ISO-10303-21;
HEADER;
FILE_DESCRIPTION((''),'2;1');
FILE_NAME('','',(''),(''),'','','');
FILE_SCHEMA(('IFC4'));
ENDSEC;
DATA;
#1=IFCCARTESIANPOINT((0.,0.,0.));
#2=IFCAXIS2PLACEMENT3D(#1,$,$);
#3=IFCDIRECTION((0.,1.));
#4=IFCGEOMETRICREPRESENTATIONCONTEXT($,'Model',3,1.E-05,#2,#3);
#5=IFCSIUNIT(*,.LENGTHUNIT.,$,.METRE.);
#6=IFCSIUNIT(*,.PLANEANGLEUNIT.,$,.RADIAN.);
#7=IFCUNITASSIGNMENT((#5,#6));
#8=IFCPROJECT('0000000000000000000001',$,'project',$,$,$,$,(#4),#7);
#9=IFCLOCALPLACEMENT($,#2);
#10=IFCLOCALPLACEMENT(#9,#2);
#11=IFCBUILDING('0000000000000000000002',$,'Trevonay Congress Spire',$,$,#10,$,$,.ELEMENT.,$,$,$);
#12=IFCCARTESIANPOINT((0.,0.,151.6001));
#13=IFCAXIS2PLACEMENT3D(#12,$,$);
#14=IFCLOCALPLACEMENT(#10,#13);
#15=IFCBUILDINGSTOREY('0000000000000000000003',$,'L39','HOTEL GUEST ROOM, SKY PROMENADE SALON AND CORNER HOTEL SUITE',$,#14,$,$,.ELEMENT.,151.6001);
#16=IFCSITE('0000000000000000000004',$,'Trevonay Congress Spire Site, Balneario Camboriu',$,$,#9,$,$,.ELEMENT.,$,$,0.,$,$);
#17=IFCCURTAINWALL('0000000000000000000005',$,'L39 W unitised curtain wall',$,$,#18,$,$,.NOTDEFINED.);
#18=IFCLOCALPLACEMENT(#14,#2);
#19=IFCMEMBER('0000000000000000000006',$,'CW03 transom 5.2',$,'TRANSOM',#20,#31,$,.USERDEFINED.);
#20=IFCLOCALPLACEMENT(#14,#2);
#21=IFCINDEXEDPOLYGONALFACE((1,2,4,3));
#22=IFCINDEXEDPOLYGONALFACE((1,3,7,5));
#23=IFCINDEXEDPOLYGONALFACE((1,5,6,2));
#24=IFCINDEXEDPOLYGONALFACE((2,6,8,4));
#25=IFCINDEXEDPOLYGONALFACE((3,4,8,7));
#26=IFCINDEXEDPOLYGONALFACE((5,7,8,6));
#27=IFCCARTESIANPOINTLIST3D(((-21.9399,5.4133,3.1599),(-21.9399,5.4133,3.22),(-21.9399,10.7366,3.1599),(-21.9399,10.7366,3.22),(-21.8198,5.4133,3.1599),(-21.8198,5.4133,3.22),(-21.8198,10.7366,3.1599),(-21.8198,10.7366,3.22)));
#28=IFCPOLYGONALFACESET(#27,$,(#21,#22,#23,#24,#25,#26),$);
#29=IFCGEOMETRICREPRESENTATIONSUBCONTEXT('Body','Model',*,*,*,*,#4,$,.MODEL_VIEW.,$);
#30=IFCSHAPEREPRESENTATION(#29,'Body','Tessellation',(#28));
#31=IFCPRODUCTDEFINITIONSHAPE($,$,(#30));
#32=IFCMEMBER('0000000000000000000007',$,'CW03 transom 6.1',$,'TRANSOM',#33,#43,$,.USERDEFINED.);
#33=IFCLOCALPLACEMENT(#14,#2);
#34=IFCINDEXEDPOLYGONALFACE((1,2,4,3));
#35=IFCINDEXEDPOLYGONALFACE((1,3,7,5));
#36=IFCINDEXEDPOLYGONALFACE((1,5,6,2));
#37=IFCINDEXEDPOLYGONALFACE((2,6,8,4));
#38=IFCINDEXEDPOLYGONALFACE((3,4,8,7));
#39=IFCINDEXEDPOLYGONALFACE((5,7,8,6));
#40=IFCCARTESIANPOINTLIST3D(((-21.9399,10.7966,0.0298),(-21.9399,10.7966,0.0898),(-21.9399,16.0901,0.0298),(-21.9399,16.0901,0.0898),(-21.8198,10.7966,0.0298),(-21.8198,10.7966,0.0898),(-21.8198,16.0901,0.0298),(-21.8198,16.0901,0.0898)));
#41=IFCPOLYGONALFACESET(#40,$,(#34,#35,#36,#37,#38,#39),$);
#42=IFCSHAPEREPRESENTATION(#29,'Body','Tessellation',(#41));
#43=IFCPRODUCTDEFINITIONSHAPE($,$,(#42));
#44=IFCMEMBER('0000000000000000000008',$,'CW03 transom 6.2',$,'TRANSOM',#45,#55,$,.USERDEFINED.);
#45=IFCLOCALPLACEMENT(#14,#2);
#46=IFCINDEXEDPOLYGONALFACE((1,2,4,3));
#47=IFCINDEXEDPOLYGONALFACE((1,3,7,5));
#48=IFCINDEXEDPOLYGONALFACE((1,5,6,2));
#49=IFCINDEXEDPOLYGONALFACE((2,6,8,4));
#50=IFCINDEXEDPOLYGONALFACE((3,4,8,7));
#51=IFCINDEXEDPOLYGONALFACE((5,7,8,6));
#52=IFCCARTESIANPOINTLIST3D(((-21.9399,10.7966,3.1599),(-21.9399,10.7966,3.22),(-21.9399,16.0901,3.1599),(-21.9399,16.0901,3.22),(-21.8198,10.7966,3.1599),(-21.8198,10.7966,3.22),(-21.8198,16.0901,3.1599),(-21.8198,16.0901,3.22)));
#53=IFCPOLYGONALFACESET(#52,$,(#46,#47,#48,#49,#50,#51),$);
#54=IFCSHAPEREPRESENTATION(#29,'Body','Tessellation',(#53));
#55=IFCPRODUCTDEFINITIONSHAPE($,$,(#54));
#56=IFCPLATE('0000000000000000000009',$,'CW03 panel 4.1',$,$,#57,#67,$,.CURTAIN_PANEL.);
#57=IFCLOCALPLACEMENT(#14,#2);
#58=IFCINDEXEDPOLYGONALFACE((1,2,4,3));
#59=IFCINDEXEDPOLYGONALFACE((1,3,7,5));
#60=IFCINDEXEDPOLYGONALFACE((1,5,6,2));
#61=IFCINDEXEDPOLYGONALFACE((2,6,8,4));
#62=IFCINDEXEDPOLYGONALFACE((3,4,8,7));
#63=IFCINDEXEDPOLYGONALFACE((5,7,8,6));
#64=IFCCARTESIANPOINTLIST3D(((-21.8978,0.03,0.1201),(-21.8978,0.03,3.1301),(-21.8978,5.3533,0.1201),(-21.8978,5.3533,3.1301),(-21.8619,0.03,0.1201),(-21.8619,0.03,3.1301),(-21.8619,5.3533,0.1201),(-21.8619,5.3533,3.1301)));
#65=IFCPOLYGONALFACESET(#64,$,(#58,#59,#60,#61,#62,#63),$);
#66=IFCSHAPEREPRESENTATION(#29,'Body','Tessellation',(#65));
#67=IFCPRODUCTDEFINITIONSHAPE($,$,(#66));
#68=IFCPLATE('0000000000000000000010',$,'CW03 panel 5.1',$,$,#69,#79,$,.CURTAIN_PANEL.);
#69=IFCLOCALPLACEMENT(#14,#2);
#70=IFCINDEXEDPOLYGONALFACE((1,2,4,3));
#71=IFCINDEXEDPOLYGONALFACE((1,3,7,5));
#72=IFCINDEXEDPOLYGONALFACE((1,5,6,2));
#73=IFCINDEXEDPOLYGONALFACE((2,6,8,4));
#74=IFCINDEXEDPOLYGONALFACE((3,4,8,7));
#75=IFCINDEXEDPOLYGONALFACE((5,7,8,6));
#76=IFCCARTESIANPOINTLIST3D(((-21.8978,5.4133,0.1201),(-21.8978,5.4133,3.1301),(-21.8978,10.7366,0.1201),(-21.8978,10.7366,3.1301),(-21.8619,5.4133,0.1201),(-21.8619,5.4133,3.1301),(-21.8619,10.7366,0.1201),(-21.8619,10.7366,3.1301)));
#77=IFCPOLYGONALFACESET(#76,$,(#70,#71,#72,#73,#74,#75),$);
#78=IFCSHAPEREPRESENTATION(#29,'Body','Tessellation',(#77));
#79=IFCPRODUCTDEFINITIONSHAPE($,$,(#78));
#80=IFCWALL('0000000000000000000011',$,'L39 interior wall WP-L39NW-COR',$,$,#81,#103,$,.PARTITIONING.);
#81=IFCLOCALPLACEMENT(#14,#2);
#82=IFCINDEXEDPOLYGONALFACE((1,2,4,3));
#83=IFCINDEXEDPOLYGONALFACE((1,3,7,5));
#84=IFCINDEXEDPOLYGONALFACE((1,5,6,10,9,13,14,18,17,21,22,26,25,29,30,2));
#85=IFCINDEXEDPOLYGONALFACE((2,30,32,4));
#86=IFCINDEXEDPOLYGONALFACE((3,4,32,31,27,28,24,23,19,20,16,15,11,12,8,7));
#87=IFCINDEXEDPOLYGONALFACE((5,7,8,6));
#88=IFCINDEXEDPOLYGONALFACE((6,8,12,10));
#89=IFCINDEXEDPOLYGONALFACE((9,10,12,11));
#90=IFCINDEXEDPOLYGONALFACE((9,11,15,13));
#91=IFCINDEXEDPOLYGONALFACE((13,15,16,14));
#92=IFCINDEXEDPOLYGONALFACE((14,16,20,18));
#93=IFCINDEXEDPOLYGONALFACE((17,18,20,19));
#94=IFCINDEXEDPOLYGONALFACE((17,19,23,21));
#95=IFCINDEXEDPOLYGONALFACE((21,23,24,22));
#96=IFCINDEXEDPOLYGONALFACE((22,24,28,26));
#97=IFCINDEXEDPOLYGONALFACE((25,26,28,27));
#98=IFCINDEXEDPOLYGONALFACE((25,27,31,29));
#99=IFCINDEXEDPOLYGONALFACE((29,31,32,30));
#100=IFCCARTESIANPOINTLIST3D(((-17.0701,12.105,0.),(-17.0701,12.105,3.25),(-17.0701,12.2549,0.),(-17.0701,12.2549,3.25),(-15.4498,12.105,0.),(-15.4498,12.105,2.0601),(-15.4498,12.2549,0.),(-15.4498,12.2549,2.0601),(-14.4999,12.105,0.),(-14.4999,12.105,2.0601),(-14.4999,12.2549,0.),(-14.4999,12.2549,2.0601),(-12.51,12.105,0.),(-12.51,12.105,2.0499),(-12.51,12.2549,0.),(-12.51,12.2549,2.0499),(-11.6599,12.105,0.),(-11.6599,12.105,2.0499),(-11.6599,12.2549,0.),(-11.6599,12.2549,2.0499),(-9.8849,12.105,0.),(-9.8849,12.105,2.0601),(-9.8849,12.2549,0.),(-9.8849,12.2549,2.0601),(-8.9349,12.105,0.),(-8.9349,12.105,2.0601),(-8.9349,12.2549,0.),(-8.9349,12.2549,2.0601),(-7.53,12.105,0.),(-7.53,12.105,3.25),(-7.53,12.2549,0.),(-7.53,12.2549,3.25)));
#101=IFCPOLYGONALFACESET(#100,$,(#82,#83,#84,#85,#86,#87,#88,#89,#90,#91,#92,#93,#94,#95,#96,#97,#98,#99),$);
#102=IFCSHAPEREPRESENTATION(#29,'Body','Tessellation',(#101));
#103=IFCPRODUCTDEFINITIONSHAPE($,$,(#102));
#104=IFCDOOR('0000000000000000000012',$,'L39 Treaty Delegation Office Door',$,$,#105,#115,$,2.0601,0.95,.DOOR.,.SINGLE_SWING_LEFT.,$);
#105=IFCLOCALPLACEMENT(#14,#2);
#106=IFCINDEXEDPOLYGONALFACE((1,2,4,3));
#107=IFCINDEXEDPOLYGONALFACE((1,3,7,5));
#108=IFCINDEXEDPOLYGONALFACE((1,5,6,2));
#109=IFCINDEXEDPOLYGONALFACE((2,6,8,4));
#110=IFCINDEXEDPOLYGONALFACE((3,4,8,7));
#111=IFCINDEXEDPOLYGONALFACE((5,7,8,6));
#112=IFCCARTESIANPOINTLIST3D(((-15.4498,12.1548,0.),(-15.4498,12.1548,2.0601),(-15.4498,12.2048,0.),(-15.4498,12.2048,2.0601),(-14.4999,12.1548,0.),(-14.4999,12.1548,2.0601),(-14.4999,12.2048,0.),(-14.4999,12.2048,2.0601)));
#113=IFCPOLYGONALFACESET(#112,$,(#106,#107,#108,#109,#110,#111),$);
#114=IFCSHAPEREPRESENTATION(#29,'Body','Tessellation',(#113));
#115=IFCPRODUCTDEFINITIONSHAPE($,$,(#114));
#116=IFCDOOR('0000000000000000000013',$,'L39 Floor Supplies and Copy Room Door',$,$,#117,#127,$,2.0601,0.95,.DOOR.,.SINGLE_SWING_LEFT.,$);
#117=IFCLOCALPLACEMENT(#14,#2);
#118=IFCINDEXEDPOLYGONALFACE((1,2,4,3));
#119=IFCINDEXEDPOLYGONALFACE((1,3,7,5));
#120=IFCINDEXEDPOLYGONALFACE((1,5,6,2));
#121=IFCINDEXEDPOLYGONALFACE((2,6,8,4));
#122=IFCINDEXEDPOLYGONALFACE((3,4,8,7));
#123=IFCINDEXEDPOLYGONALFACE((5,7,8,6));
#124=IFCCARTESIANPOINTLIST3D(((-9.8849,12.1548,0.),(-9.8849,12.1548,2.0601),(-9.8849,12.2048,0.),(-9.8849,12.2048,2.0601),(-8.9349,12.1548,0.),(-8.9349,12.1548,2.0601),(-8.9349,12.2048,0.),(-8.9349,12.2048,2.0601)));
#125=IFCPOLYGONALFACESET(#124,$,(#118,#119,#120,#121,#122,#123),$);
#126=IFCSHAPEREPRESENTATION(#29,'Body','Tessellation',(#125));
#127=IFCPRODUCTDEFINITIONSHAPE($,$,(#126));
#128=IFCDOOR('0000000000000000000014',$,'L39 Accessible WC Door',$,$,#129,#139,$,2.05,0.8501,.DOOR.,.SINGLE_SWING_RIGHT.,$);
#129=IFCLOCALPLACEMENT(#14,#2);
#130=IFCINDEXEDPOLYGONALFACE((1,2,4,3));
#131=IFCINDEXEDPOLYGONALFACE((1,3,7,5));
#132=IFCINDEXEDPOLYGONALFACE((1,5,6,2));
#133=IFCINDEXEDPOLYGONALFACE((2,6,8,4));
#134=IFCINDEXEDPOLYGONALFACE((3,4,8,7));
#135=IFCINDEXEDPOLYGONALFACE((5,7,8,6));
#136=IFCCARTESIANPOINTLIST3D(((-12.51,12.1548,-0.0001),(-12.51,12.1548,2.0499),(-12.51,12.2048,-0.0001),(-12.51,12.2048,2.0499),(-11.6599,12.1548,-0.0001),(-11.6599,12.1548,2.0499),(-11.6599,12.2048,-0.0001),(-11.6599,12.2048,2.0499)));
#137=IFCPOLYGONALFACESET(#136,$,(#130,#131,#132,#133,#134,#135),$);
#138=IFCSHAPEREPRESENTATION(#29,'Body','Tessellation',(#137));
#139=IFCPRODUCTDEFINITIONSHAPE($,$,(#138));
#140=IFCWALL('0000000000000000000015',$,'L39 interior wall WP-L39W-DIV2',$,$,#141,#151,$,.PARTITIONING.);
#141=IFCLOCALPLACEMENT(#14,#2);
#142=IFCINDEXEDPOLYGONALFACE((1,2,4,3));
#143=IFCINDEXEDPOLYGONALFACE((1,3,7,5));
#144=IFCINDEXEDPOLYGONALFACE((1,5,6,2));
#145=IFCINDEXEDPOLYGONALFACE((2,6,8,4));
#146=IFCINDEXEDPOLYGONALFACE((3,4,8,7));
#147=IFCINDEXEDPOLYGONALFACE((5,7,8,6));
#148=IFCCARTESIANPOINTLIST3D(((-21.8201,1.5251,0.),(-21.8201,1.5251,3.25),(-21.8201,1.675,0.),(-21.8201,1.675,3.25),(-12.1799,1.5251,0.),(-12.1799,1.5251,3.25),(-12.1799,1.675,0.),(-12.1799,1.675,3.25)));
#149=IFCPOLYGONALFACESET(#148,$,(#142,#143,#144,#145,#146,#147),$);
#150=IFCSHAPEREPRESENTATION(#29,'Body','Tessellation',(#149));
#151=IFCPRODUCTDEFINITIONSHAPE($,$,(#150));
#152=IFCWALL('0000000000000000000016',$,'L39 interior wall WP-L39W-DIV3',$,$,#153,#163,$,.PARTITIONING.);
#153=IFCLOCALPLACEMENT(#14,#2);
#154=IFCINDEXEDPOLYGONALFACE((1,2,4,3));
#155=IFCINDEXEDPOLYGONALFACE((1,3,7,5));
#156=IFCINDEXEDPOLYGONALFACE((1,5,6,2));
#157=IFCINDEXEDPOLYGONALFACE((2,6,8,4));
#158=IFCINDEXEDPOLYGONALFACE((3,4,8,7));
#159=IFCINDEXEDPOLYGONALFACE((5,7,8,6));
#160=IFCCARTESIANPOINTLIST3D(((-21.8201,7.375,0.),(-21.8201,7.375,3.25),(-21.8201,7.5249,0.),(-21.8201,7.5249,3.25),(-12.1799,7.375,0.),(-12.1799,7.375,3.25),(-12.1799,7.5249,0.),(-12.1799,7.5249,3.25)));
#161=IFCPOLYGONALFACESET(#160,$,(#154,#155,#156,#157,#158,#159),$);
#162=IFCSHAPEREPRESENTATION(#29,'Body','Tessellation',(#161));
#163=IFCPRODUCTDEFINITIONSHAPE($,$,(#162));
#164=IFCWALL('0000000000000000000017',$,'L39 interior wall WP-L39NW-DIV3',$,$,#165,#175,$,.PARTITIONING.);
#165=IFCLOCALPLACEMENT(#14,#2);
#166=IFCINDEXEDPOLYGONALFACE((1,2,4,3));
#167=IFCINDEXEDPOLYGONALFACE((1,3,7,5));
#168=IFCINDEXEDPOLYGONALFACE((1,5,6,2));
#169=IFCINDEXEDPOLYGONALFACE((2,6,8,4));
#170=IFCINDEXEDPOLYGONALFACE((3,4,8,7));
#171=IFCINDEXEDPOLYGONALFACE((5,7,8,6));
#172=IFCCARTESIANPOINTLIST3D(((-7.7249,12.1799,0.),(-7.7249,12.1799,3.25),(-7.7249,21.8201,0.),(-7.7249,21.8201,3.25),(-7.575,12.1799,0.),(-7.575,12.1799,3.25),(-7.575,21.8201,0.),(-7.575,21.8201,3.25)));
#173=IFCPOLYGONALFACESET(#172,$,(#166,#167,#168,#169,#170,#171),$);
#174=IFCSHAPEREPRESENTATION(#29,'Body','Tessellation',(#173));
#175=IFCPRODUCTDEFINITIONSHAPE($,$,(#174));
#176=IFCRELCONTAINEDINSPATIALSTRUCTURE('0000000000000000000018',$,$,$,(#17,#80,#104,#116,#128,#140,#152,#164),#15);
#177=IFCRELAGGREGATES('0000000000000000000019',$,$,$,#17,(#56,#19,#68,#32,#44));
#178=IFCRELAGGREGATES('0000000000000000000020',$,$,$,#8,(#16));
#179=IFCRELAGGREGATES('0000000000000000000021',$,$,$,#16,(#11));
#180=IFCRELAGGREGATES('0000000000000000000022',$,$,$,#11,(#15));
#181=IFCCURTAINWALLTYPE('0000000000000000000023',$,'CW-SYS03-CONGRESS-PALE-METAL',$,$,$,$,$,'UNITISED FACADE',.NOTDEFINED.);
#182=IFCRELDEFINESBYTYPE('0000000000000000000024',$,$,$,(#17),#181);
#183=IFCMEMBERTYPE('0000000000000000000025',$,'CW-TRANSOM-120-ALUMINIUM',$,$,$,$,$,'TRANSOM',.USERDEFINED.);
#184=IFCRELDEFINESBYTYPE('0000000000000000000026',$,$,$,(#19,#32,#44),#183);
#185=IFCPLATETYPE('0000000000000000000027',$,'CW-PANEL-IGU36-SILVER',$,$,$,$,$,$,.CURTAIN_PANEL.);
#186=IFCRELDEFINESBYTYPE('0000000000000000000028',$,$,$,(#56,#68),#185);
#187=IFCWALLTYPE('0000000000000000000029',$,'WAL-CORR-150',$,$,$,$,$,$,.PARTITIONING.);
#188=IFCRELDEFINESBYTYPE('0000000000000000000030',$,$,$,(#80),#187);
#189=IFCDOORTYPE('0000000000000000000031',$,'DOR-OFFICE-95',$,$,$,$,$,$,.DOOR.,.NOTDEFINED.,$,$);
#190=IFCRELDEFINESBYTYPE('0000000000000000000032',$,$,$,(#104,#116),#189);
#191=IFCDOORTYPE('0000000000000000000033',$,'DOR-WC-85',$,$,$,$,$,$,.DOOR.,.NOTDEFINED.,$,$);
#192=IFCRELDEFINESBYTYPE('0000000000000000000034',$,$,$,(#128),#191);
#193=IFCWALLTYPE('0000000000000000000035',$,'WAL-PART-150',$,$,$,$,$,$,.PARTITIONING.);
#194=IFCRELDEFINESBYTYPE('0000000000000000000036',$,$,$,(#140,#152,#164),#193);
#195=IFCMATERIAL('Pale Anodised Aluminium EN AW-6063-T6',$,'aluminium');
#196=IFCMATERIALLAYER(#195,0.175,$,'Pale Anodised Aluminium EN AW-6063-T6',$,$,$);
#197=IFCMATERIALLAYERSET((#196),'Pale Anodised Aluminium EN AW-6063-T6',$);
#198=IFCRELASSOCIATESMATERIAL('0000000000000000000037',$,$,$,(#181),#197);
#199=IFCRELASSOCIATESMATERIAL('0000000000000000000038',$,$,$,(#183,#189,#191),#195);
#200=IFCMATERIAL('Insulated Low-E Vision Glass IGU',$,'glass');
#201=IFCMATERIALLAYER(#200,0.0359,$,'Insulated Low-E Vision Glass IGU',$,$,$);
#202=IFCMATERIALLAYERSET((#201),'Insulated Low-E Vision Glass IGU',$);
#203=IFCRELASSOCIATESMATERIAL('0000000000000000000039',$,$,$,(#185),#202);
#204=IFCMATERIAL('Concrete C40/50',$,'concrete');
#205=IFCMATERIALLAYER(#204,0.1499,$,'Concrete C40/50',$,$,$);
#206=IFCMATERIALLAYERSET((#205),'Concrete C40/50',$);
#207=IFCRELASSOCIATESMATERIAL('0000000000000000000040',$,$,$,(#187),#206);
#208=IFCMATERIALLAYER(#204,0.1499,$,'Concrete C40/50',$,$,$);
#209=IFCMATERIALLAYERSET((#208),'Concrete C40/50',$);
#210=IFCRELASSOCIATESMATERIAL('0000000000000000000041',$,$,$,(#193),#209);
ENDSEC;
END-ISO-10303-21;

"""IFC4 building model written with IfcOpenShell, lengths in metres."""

from ifc_helpers import new_model, si_unit, direction, frame, frame_2d, origin, origin_2d, place, context, subcontext, project, spatial, rectangle, extrude, material, layer, layer_set, material_profile, profile_set, type_object, element, fill, aggregate, save


model = new_model("IFC4")

# Units and contexts
model_context = context("Model", 3, precision=1e-05, world=origin(), true_north=direction((0.0, 1.0)))
body_context = subcontext(model_context, "Body", "Model", "MODEL_VIEW")
ifc_project = project(units=[si_unit("LENGTHUNIT", "METRE"), si_unit("PLANEANGLEUNIT", "RADIAN")], contexts=[model_context])

# Site, building, storey
site_placement = place(None, origin())
site = spatial("IfcSite", under=ifc_project, at=site_placement, Name="Trevonay Congress Spire Site, Balneario Camboriu", CompositionType="ELEMENT", RefElevation=0.0)
building_placement = place(site_placement, origin())
building = spatial("IfcBuilding", under=site, at=building_placement, Name="Trevonay Congress Spire", CompositionType="ELEMENT")
storey_placement = place(building_placement, frame((0.0, 0.0, 151.6001)))
storey = spatial("IfcBuildingStorey", under=building, at=storey_placement, Name="L39", Description="HOTEL GUEST ROOM, SKY PROMENADE SALON AND CORNER HOTEL SUITE", CompositionType="ELEMENT", Elevation=151.6001)

# Curtain wall, members, plates
ifc_material_1 = material(Name="Pale Anodised Aluminium EN AW-6063-T6", Category="aluminium")
ifc_layer_1 = layer(ifc_material_1, 0.175, Name="Pale Anodised Aluminium EN AW-6063-T6")
ifc_layer_set_1 = layer_set([ifc_layer_1], Name="Pale Anodised Aluminium EN AW-6063-T6")
curtain_wall_type = type_object("IfcCurtainWallType", Name="CW-SYS03-CONGRESS-PALE-METAL", ElementType="UNITISED FACADE", PredefinedType="NOTDEFINED", material=ifc_layer_set_1)
curtain_wall_placement = place(storey_placement, origin())
curtain_wall = element("IfcCurtainWall", 1, at=curtain_wall_placement, inside=storey, type_object=curtain_wall_type, Name="L39 W unitised curtain wall", PredefinedType="NOTDEFINED")
ifc_material_profile_1 = material_profile(ifc_material_1, rectangle(XDim=0.1201, YDim=0.0601, at=origin_2d()), Name="CW-TRANSOM-120-ALUMINIUM")
ifc_profile_set_1 = profile_set([ifc_material_profile_1], Name="Pale Anodised Aluminium EN AW-6063-T6")
member_type_1 = type_object("IfcMemberType", Name="CW-TRANSOM-120-ALUMINIUM", ElementType="TRANSOM", PredefinedType="USERDEFINED", material=ifc_profile_set_1)
member_1_placement = place(storey_placement, frame((-21.8799, 5.4133, 3.1899), z_axis=(0.0, 1.0, 0.0), x_axis=(-1.0, 0.0, 0.0)))
member_1 = element("IfcMember", 2, at=member_1_placement, type_object=member_type_1, Name="CW03 transom 5.2", ObjectType="TRANSOM", PredefinedType="USERDEFINED", context=body_context, shape_type="SweptSolid", body=[
    extrude(rectangle(XDim=0.1201, YDim=0.0601, at=origin_2d()), origin(), (0.0, 0.0, 1.0), 5.3232),
])
member_2_placement = place(storey_placement, frame((-21.8799, 10.7966, 0.0598), z_axis=(0.0, 1.0, 0.0), x_axis=(-1.0, 0.0, 0.0)))
member_2 = element("IfcMember", 3, at=member_2_placement, type_object=member_type_1, Name="CW03 transom 6.1", ObjectType="TRANSOM", PredefinedType="USERDEFINED", context=body_context, shape_type="SweptSolid", body=[
    extrude(rectangle(XDim=0.1201, YDim=0.0601, at=origin_2d()), origin(), (0.0, 0.0, 1.0), 5.2935),
])
member_3_placement = place(storey_placement, frame((-21.8799, 10.7966, 3.1899), z_axis=(0.0, 1.0, 0.0), x_axis=(-1.0, 0.0, 0.0)))
member_3 = element("IfcMember", 4, at=member_3_placement, type_object=member_type_1, Name="CW03 transom 6.2", ObjectType="TRANSOM", PredefinedType="USERDEFINED", context=body_context, shape_type="SweptSolid", body=[
    extrude(rectangle(XDim=0.1201, YDim=0.0601, at=origin_2d()), origin(), (0.0, 0.0, 1.0), 5.2935),
])
ifc_material_2 = material(Name="Insulated Low-E Vision Glass IGU", Category="glass")
ifc_layer_2 = layer(ifc_material_2, 0.0359, Name="Insulated Low-E Vision Glass IGU")
ifc_layer_set_2 = layer_set([ifc_layer_2], Name="Insulated Low-E Vision Glass IGU")
plate_type = type_object("IfcPlateType", Name="CW-PANEL-IGU36-SILVER", PredefinedType="CURTAIN_PANEL", material=ifc_layer_set_2)
plate_1_placement = place(storey_placement, frame((-21.8799, 2.6917, 0.1201), z_axis=(0.0, 0.0, 1.0), x_axis=(0.0, 1.0, 0.0)))
plate_1 = element("IfcPlate", 5, at=plate_1_placement, type_object=plate_type, Name="CW03 panel 4.1", PredefinedType="CURTAIN_PANEL", context=body_context, shape_type="SweptSolid", body=[
    extrude(rectangle(XDim=5.3232, YDim=0.0359, at=origin_2d()), origin(), (0.0, 0.0, 1.0), 3.01),
])
plate_2_placement = place(storey_placement, frame((-21.8799, 8.075, 0.1201), z_axis=(0.0, 0.0, 1.0), x_axis=(0.0, 1.0, 0.0)))
plate_2 = element("IfcPlate", 6, at=plate_2_placement, type_object=plate_type, Name="CW03 panel 5.1", PredefinedType="CURTAIN_PANEL", context=body_context, shape_type="SweptSolid", body=[
    extrude(rectangle(XDim=5.3232, YDim=0.0359, at=origin_2d()), origin(), (0.0, 0.0, 1.0), 3.01),
])
aggregate(curtain_wall, [plate_1, member_1, plate_2, member_2, member_3])

# Wall, openings, doors
ifc_material_3 = material(Name="Concrete C40/50", Category="concrete")
ifc_layer_3 = layer(ifc_material_3, 0.1499, Name="Concrete C40/50")
ifc_layer_set_3 = layer_set([ifc_layer_3], Name="Concrete C40/50")
wall_type_1 = type_object("IfcWallType", Name="WAL-CORR-150", PredefinedType="PARTITIONING", material=ifc_layer_set_3)
wall_placement = place(storey_placement, frame((-17.0701, 12.1799, 0.0), z_axis=(0.0, 0.0, 1.0), x_axis=(1.0, 0.0, 0.0)))
wall = element("IfcWall", 7, at=wall_placement, inside=storey, type_object=wall_type_1, Name="L39 interior wall WP-L39NW-COR", PredefinedType="PARTITIONING", context=body_context, shape_type="SweptSolid", body=[
    extrude(rectangle(XDim=9.54, YDim=0.1499, at=frame_2d((4.77, 0.0))), origin(), (0.0, 0.0, 1.0), 3.25),
])
opening_1_placement = place(wall_placement, frame((1.6201, 0.0, 0.0)))
opening_1 = element("IfcOpeningElement", 8, at=opening_1_placement, cuts=wall, PredefinedType="OPENING", context=body_context, shape_type="SweptSolid", body=[
    extrude(rectangle(XDim=0.95, YDim=2.0601, at=frame_2d((0.4751, 1.03))), frame((0.0, 0.085, 0.0), z_axis=(0.0, -1.0, 0.0), x_axis=(1.0, 0.0, 0.0)), (0.0, 0.0, 1.0), 0.1699),
])
opening_2_placement = place(wall_placement, frame((4.5601, 0.0, 0.0)))
opening_2 = element("IfcOpeningElement", 9, at=opening_2_placement, cuts=wall, PredefinedType="OPENING", context=body_context, shape_type="SweptSolid", body=[
    extrude(rectangle(XDim=0.8501, YDim=2.05, at=frame_2d((0.425, 1.0249))), frame((0.0, 0.085, 0.0), z_axis=(0.0, -1.0, 0.0), x_axis=(1.0, 0.0, 0.0)), (0.0, 0.0, 1.0), 0.1699),
])
opening_3_placement = place(wall_placement, frame((7.1851, 0.0, 0.0)))
opening_3 = element("IfcOpeningElement", 10, at=opening_3_placement, cuts=wall, PredefinedType="OPENING", context=body_context, shape_type="SweptSolid", body=[
    extrude(rectangle(XDim=0.95, YDim=2.0601, at=frame_2d((0.4751, 1.03))), frame((0.0, 0.085, 0.0), z_axis=(0.0, -1.0, 0.0), x_axis=(1.0, 0.0, 0.0)), (0.0, 0.0, 1.0), 0.1699),
])
door_type_1 = type_object("IfcDoorType", Name="DOR-OFFICE-95", OperationType="NOTDEFINED", PredefinedType="DOOR", material=ifc_material_1)
door_1_placement = place(opening_1_placement, origin())
door_1 = element("IfcDoor", 11, at=door_1_placement, inside=storey, type_object=door_type_1, Name="L39 Treaty Delegation Office Door", OperationType="SINGLE_SWING_LEFT", OverallHeight=2.0601, OverallWidth=0.95, PredefinedType="DOOR", context=body_context, shape_type="SweptSolid", body=[
    extrude(rectangle(XDim=0.95, YDim=2.0601, at=frame_2d((0.4751, 1.03))), frame((0.0, 0.0249, 0.0), z_axis=(0.0, -1.0, 0.0), x_axis=(1.0, 0.0, 0.0)), (0.0, 0.0, 1.0), 0.05),
])
fill(opening_1, door_1)
door_2_placement = place(opening_3_placement, origin())
door_2 = element("IfcDoor", 12, at=door_2_placement, inside=storey, type_object=door_type_1, Name="L39 Floor Supplies and Copy Room Door", OperationType="SINGLE_SWING_LEFT", OverallHeight=2.0601, OverallWidth=0.95, PredefinedType="DOOR", context=body_context, shape_type="SweptSolid", body=[
    extrude(rectangle(XDim=0.95, YDim=2.0601, at=frame_2d((0.4751, 1.03))), frame((0.0, 0.0249, 0.0), z_axis=(0.0, -1.0, 0.0), x_axis=(1.0, 0.0, 0.0)), (0.0, 0.0, 1.0), 0.05),
])
fill(opening_3, door_2)
door_type_2 = type_object("IfcDoorType", Name="DOR-WC-85", OperationType="NOTDEFINED", PredefinedType="DOOR", material=ifc_material_1)
door_3_placement = place(opening_2_placement, origin())
door_3 = element("IfcDoor", 13, at=door_3_placement, inside=storey, type_object=door_type_2, Name="L39 Accessible WC Door", OperationType="SINGLE_SWING_RIGHT", OverallHeight=2.05, OverallWidth=0.8501, PredefinedType="DOOR", context=body_context, shape_type="SweptSolid", body=[
    extrude(rectangle(XDim=0.8501, YDim=2.05, at=frame_2d((0.425, 1.0249))), frame((0.0, 0.0249, 0.0), z_axis=(0.0, -1.0, 0.0), x_axis=(1.0, 0.0, 0.0)), (0.0, 0.0, 1.0), 0.05),
])
fill(opening_2, door_3)

# Walls
ifc_layer_4 = layer(ifc_material_3, 0.1499, Name="Concrete C40/50")
ifc_layer_set_4 = layer_set([ifc_layer_4], Name="Concrete C40/50")
wall_type_2 = type_object("IfcWallType", Name="WAL-PART-150", PredefinedType="PARTITIONING", material=ifc_layer_set_4)
for number, where, z_axis, x_axis, name in (
    (14, (-21.8201, 1.6001, 0.0), (0.0, 0.0, 1.0), (1.0, 0.0, 0.0), "L39 interior wall WP-L39W-DIV2"),
    (15, (-21.8201, 7.45, 0.0), (0.0, 0.0, 1.0), (1.0, 0.0, 0.0), "L39 interior wall WP-L39W-DIV3"),
    (16, (-7.6499, 12.1799, 0.0), (0.0, 0.0, 1.0), (0.0, 1.0, 0.0), "L39 interior wall WP-L39NW-DIV3"),
):
    element("IfcWall", number, at=place(storey_placement, frame(where, z_axis=z_axis, x_axis=x_axis)), inside=storey, type_object=wall_type_2, Name=name, PredefinedType="PARTITIONING", context=body_context, shape_type="SweptSolid", body=[
        extrude(rectangle(XDim=9.6401, YDim=0.1499, at=frame_2d((4.8201, 0.0))), origin(), (0.0, 0.0, 1.0), 3.25),
    ])

save(model, "model.ifc")
